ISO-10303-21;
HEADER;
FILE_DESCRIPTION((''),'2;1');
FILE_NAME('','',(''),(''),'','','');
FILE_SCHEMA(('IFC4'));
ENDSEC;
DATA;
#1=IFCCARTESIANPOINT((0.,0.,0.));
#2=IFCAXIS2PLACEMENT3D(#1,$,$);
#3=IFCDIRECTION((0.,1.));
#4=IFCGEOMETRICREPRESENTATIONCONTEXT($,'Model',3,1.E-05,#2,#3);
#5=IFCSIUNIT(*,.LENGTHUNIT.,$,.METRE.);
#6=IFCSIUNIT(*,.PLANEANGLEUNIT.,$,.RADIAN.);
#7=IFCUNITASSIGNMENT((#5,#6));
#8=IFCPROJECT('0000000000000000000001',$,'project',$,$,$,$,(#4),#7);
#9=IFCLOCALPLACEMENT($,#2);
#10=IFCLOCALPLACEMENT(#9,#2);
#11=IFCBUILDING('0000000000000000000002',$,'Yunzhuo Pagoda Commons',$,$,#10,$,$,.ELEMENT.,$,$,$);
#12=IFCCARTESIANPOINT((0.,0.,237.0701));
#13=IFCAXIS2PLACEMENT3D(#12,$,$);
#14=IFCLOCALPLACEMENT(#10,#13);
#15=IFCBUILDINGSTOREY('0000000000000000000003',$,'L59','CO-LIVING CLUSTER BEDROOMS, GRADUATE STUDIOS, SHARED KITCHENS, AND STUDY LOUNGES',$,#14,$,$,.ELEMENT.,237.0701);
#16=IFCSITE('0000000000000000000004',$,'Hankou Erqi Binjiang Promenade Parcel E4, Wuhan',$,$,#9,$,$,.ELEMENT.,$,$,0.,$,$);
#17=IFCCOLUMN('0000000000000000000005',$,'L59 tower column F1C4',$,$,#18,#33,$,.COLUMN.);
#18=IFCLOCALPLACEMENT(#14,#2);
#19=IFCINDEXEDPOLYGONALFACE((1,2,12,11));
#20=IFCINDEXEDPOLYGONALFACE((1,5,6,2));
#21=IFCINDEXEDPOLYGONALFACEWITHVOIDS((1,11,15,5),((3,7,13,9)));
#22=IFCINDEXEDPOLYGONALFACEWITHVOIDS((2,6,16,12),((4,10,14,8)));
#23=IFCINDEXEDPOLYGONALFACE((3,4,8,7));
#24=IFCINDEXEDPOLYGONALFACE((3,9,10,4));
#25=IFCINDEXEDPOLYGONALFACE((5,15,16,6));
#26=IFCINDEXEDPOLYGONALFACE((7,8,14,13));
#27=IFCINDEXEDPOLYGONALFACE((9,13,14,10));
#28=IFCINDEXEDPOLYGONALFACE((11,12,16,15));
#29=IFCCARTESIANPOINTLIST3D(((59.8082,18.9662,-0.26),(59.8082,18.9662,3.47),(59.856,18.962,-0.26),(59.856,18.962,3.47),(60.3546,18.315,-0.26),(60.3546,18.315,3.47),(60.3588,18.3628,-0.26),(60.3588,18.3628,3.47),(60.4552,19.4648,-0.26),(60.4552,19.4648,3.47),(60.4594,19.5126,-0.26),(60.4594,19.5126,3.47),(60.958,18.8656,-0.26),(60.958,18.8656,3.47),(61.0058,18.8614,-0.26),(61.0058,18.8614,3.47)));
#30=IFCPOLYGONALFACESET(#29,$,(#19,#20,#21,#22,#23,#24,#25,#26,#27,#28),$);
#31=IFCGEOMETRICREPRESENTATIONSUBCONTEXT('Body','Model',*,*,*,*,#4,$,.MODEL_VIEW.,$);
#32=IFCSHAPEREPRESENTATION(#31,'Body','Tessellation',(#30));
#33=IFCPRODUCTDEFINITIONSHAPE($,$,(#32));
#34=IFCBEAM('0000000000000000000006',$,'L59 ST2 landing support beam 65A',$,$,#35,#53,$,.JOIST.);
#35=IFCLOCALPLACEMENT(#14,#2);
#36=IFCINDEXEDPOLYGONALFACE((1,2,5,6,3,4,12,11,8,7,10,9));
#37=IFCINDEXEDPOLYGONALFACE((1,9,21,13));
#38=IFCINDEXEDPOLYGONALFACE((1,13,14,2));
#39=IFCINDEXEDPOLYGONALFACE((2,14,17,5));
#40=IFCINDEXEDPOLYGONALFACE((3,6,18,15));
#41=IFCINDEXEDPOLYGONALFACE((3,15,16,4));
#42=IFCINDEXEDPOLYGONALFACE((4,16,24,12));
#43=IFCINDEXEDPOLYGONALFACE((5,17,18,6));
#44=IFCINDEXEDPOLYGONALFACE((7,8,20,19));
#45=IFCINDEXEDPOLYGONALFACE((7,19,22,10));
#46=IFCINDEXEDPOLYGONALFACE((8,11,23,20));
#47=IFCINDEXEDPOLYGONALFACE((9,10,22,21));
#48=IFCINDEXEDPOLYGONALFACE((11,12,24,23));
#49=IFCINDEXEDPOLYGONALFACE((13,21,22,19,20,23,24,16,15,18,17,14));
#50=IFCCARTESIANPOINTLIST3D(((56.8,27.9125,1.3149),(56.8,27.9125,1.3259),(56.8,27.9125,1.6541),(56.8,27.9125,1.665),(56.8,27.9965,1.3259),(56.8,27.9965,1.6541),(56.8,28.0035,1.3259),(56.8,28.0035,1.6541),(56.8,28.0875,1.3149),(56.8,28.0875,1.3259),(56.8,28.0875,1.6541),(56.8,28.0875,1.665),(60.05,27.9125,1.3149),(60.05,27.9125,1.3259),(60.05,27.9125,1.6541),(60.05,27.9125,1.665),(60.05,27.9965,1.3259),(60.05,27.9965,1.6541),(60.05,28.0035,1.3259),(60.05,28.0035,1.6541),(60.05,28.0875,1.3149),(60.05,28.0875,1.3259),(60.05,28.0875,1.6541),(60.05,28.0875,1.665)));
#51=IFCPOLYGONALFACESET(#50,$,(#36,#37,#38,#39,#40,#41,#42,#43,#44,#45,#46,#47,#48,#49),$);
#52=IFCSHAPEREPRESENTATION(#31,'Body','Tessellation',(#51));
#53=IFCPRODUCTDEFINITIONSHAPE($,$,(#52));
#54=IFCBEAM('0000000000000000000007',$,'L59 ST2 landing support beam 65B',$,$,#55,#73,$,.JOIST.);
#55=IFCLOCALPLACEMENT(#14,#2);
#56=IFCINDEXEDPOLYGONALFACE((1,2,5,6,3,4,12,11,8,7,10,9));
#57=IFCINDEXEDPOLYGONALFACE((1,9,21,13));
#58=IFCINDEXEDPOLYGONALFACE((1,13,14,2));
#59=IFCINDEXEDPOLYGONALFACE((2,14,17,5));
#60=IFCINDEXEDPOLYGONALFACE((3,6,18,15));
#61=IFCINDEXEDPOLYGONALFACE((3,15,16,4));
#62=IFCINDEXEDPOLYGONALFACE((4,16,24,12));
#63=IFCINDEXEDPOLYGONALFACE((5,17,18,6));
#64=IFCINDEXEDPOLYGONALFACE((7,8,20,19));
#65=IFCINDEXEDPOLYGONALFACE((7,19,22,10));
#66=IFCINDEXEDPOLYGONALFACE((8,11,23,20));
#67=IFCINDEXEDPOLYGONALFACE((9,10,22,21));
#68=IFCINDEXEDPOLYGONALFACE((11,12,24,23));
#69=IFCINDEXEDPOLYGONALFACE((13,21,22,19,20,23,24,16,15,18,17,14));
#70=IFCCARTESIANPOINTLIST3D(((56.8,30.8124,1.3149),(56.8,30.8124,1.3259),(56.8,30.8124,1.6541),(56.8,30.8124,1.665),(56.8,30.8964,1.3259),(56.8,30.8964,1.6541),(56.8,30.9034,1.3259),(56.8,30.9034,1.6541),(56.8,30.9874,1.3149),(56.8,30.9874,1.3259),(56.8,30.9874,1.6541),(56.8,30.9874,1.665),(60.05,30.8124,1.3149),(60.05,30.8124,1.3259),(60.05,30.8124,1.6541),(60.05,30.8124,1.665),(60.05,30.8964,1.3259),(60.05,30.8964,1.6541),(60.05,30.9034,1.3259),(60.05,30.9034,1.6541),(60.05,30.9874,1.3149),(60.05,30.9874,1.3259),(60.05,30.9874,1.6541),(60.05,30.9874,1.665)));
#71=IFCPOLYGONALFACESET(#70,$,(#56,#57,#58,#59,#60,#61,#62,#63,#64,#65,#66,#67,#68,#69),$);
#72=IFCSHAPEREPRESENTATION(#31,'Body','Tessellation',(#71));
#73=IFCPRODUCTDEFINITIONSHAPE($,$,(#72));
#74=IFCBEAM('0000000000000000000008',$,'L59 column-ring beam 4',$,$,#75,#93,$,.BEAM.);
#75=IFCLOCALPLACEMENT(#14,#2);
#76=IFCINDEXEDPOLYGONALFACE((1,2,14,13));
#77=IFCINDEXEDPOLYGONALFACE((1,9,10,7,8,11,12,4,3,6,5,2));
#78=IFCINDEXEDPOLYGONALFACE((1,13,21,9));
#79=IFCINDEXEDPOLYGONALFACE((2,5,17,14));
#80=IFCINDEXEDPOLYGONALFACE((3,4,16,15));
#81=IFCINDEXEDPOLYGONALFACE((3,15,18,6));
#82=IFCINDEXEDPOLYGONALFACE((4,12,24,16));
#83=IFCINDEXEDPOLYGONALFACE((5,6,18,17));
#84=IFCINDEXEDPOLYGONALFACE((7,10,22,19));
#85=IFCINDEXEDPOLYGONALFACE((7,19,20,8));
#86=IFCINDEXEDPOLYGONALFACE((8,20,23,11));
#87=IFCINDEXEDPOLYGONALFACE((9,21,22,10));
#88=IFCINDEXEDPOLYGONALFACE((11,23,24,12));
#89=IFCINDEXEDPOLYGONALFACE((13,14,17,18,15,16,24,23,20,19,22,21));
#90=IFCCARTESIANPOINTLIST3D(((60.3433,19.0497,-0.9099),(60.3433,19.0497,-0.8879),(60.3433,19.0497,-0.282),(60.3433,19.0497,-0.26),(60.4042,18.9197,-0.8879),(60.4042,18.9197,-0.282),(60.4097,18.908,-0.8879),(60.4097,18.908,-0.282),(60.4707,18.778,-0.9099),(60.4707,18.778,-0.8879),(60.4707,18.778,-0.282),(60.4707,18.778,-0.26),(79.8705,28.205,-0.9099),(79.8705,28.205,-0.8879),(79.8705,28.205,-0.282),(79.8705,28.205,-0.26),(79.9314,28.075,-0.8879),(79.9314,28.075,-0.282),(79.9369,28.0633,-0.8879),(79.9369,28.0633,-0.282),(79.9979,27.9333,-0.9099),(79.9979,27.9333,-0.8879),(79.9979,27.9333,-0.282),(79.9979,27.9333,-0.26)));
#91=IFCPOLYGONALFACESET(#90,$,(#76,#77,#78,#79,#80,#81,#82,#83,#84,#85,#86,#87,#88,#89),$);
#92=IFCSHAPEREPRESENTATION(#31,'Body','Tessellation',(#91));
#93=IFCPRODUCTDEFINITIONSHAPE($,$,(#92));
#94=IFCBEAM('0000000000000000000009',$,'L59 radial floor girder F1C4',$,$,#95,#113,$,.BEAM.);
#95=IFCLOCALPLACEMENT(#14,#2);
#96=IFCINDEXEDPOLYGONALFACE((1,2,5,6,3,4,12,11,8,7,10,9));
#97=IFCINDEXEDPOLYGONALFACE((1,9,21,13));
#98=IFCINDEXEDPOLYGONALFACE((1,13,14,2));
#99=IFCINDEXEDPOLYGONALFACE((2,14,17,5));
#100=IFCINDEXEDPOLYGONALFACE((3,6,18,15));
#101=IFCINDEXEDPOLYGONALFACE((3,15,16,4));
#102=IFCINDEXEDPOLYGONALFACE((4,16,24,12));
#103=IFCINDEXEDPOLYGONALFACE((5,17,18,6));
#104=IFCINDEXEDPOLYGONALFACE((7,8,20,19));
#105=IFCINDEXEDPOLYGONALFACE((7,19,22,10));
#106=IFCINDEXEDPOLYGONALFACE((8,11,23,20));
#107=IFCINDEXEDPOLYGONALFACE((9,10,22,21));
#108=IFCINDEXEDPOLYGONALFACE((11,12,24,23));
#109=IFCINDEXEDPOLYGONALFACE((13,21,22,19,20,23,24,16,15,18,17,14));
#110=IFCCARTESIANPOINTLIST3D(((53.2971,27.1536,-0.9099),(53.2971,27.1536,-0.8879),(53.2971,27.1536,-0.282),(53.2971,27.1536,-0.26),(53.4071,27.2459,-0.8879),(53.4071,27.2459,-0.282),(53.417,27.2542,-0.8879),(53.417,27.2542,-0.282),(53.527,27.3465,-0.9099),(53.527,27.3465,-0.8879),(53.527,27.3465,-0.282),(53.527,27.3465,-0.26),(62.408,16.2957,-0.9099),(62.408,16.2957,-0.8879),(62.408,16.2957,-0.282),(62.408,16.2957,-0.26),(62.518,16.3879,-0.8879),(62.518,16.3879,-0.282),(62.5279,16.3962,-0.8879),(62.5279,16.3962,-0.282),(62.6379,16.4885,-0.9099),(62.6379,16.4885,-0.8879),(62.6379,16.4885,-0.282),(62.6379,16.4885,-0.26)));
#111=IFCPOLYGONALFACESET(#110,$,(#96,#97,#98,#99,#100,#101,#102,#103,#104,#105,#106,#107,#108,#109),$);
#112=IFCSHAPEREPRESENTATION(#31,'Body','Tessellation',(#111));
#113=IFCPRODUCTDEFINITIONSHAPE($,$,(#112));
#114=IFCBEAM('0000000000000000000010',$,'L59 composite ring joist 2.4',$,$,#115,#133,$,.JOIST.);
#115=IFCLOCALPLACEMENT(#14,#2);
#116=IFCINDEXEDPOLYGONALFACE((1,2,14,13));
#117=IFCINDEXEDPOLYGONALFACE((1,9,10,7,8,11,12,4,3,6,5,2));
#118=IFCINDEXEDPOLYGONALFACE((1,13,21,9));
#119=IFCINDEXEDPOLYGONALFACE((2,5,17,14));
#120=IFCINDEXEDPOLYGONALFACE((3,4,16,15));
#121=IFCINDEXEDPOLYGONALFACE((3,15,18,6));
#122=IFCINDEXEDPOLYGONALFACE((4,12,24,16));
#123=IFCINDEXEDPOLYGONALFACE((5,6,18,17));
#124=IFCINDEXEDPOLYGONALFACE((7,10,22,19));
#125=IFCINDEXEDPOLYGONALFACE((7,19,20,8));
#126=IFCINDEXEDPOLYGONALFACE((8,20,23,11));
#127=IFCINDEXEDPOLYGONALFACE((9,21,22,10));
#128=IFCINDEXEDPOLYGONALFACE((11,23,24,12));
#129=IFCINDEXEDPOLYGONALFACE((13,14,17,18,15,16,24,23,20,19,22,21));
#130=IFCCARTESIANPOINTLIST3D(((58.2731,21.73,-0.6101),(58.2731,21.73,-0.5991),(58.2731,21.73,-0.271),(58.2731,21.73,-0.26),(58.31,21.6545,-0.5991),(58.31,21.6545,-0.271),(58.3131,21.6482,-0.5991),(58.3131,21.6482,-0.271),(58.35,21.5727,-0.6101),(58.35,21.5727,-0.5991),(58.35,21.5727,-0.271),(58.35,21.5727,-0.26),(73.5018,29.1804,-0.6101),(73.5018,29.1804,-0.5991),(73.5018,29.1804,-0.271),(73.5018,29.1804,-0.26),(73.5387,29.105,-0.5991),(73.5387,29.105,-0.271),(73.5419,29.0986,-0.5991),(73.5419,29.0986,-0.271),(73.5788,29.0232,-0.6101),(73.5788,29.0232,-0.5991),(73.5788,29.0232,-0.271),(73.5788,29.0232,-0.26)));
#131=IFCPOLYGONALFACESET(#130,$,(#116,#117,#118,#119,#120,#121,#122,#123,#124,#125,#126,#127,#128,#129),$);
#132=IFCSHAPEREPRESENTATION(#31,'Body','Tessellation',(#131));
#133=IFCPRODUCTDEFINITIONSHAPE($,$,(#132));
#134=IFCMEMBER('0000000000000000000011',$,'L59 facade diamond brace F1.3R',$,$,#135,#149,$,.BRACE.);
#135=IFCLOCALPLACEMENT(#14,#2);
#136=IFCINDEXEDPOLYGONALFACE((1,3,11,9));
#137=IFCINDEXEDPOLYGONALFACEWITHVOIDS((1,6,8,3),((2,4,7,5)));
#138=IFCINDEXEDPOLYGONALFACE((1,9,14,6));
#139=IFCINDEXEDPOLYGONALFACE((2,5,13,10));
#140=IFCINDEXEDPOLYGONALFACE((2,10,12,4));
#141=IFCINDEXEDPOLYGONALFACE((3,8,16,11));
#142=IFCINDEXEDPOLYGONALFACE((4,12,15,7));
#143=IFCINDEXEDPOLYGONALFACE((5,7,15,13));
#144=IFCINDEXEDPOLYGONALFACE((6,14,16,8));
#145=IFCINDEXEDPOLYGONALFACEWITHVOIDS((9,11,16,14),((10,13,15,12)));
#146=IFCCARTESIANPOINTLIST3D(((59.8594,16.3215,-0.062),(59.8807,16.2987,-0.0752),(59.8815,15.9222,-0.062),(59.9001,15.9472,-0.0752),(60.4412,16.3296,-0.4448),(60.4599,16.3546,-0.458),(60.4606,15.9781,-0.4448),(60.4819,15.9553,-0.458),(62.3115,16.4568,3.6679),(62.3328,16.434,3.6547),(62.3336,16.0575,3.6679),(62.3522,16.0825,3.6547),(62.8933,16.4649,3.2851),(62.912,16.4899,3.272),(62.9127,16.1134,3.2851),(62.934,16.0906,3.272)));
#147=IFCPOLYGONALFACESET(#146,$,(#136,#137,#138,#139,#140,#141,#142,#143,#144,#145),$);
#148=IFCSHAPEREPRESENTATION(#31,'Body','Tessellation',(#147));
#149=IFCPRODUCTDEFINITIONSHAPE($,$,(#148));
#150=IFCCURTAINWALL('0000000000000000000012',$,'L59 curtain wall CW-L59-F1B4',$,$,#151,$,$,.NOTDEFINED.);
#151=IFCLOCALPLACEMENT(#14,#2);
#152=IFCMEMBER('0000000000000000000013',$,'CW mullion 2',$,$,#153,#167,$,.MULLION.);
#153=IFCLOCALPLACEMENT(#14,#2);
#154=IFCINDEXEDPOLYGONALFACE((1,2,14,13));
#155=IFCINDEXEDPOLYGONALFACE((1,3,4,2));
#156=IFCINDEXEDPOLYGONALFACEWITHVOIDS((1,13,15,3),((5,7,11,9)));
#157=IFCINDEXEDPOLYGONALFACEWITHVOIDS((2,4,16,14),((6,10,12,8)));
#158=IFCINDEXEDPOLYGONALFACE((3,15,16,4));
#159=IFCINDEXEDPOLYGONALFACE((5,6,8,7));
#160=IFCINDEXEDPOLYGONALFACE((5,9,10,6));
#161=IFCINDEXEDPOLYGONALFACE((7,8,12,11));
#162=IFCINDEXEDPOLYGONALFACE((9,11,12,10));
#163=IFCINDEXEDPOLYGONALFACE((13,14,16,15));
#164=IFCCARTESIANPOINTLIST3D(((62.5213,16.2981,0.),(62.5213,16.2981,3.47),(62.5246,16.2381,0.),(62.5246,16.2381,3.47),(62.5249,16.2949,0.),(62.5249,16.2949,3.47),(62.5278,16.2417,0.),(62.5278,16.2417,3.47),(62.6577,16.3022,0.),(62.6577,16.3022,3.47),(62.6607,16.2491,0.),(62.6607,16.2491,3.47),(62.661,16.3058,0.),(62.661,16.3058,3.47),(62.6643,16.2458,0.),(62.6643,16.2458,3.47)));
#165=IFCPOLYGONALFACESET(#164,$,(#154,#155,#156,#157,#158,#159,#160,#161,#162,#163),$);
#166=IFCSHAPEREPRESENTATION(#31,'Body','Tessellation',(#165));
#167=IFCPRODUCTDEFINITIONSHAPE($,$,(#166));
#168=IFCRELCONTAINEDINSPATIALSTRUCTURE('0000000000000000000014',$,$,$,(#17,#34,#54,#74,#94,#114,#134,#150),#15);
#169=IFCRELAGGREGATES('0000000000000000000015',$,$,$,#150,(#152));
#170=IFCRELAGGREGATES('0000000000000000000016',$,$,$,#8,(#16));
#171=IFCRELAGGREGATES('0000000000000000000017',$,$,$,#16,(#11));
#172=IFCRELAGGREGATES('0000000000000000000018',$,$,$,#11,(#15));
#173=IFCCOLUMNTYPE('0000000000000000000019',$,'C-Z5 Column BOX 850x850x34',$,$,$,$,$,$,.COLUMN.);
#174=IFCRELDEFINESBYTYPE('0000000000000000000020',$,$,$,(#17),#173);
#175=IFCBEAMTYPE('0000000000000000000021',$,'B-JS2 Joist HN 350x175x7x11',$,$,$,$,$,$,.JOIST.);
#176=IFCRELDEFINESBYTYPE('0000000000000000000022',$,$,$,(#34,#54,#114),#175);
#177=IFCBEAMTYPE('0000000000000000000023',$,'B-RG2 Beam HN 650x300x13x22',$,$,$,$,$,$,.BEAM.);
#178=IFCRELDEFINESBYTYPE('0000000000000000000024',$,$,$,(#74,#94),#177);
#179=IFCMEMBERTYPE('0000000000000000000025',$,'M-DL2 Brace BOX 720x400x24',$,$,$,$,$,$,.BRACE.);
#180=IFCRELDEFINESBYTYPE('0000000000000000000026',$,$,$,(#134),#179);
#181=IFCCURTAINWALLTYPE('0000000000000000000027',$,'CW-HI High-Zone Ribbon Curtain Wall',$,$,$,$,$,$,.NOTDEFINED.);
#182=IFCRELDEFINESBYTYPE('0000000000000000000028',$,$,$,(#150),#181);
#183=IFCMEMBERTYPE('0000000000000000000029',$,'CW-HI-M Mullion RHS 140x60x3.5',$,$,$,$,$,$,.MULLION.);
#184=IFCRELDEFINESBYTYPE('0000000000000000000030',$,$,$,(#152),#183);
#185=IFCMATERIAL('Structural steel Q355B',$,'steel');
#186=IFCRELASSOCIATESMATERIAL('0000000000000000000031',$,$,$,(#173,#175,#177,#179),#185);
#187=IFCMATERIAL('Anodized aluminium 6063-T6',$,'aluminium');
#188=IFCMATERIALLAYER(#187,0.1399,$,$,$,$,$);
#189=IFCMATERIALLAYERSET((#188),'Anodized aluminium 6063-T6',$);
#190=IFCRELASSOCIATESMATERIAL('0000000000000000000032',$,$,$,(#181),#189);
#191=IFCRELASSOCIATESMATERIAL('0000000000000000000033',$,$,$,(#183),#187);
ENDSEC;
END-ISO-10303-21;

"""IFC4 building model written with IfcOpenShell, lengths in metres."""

from ifc_helpers import new_model, si_unit, direction, frame, origin, origin_2d, place, context, subcontext, project, spatial, hollow_rectangle, i_section, extrude, source, transform, mapped, material, layer, layer_set, material_profile, profile_set, type_object, element, aggregate, save


model = new_model("IFC4")

# Units and contexts
model_context = context("Model", 3, precision=1e-05, world=origin(), true_north=direction((0.0, 1.0)))
body_context = subcontext(model_context, "Body", "Model", "MODEL_VIEW")
ifc_project = project(units=[si_unit("LENGTHUNIT", "METRE"), si_unit("PLANEANGLEUNIT", "RADIAN")], contexts=[model_context])

# Site, building, storey
site_placement = place(None, origin())
site = spatial("IfcSite", under=ifc_project, at=site_placement, Name="Hankou Erqi Binjiang Promenade Parcel E4, Wuhan", CompositionType="ELEMENT", RefElevation=0.0)
building_placement = place(site_placement, origin())
building = spatial("IfcBuilding", under=site, at=building_placement, Name="Yunzhuo Pagoda Commons", CompositionType="ELEMENT")
storey_placement = place(building_placement, frame((0.0, 0.0, 237.0701)))
storey = spatial("IfcBuildingStorey", under=building, at=storey_placement, Name="L59", Description="CO-LIVING CLUSTER BEDROOMS, GRADUATE STUDIOS, SHARED KITCHENS, AND STUDY LOUNGES", CompositionType="ELEMENT", Elevation=237.0701)

# Column
ifc_material_1 = material(Name="Structural steel Q355B", Category="steel")
ifc_material_profile_1 = material_profile(ifc_material_1, hollow_rectangle(XDim=0.8501, YDim=0.8501, WallThickness=0.0339, at=origin_2d()), Name="Structural steel Q355B")
ifc_profile_set_1 = profile_set([ifc_material_profile_1], Name="Structural steel Q355B")
column_type = type_object("IfcColumnType", Name="C-Z5 Column BOX 850x850x34", PredefinedType="COLUMN", material=ifc_profile_set_1)
shared_shape_1 = source(origin(), body_context, "Body", "SweptSolid", [
    extrude(hollow_rectangle(XDim=0.8501, YDim=0.8501, WallThickness=0.0339, at=origin_2d()), origin(), (0.0, 0.0, 1.0), 3.73),
])
column_placement = place(storey_placement, frame((60.407, 18.9138, -0.26), z_axis=(0.0, 0.0, 1.0), x_axis=(0.766044, 0.642788, 0.0)))
element("IfcColumn", 1, at=column_placement, inside=storey, type_object=column_type, Name="L59 tower column F1C4", PredefinedType="COLUMN", context=body_context, shape_type="MappedRepresentation", body=[
    mapped(shared_shape_1, transform((0.0, 0.0, 0.0), scale=1.0)),
])

# Beams
ifc_material_profile_2 = material_profile(ifc_material_1, i_section(OverallWidth=0.175, OverallDepth=0.3501, WebThickness=0.0071, FlangeThickness=0.011, at=origin_2d()), Name="Structural steel Q355B")
ifc_profile_set_2 = profile_set([ifc_material_profile_2], Name="Structural steel Q355B")
beam_type_1 = type_object("IfcBeamType", Name="B-JS2 Joist HN 350x175x7x11", PredefinedType="JOIST", material=ifc_profile_set_2)
shared_shape_2 = source(origin(), body_context, "Body", "SweptSolid", [
    extrude(i_section(OverallWidth=0.175, OverallDepth=0.3501, WebThickness=0.0071, FlangeThickness=0.011, at=origin_2d()), origin(), (0.0, 0.0, 1.0), 3.25),
])
for number, where, z_axis, x_axis, name in (
    (2, (56.8, 28.0, 1.49), (1.0, 0.0, 0.0), (0.0, 1.0, 0.0), "L59 ST2 landing support beam 65A"),
    (3, (56.8, 30.8999, 1.49), (1.0, 0.0, 0.0), (0.0, 1.0, 0.0), "L59 ST2 landing support beam 65B"),
):
    element("IfcBeam", number, at=place(storey_placement, frame(where, z_axis=z_axis, x_axis=x_axis)), inside=storey, type_object=beam_type_1, Name=name, PredefinedType="JOIST", context=body_context, shape_type="MappedRepresentation", body=[
        mapped(shared_shape_2, transform((0.0, 0.0, 0.0), scale=1.0)),
    ])
ifc_material_profile_3 = material_profile(ifc_material_1, i_section(OverallWidth=0.3, OverallDepth=0.6499, WebThickness=0.0129, FlangeThickness=0.022, at=origin_2d()), Name="Structural steel Q355B")
ifc_profile_set_3 = profile_set([ifc_material_profile_3], Name="Structural steel Q355B")
beam_type_2 = type_object("IfcBeamType", Name="B-RG2 Beam HN 650x300x13x22", PredefinedType="BEAM", material=ifc_profile_set_3)
shared_shape_3 = source(origin(), body_context, "Body", "SweptSolid", [
    extrude(i_section(OverallWidth=0.3, OverallDepth=0.6499, WebThickness=0.0129, FlangeThickness=0.022, at=origin_2d()), origin(), (0.0, 0.0, 1.0), 21.5669),
])
beam_1_placement = place(storey_placement, frame((60.407, 18.9138, -0.585), z_axis=(0.905424, 0.424508, 0.0), x_axis=(-0.424508, 0.905424, 0.0)))
element("IfcBeam", 4, at=beam_1_placement, inside=storey, type_object=beam_type_2, Name="L59 column-ring beam 4", PredefinedType="BEAM", context=body_context, shape_type="MappedRepresentation", body=[
    mapped(shared_shape_3, transform((0.0, 0.0, 0.0), scale=1.0)),
])
shared_shape_4 = source(origin(), body_context, "Body", "SweptSolid", [
    extrude(i_section(OverallWidth=0.3, OverallDepth=0.6499, WebThickness=0.0129, FlangeThickness=0.022, at=origin_2d()), origin(), (0.0, 0.0, 1.0), 14.1741),
])
beam_2_placement = place(storey_placement, frame((62.5229, 16.3921, -0.585), z_axis=(-0.642786, 0.766045, 0.0), x_axis=(-0.766045, -0.642786, 0.0)))
element("IfcBeam", 5, at=beam_2_placement, inside=storey, type_object=beam_type_2, Name="L59 radial floor girder F1C4", PredefinedType="BEAM", context=body_context, shape_type="MappedRepresentation", body=[
    mapped(shared_shape_4, transform((0.0, 0.0, 0.0), scale=1.0)),
])
shared_shape_5 = source(origin(), body_context, "Body", "SweptSolid", [
    extrude(i_section(OverallWidth=0.175, OverallDepth=0.3501, WebThickness=0.0071, FlangeThickness=0.011, at=origin_2d()), origin(), (0.0, 0.0, 1.0), 16.9536),
])
beam_3_placement = place(storey_placement, frame((58.3115, 21.6514, -0.4351), z_axis=(0.898262, 0.439461, 0.0), x_axis=(-0.439461, 0.898262, 0.0)))
element("IfcBeam", 6, at=beam_3_placement, inside=storey, type_object=beam_type_1, Name="L59 composite ring joist 2.4", PredefinedType="JOIST", context=body_context, shape_type="MappedRepresentation", body=[
    mapped(shared_shape_5, transform((0.0, 0.0, 0.0), scale=1.0)),
])

# Member
ifc_material_profile_4 = material_profile(ifc_material_1, hollow_rectangle(XDim=0.3999, YDim=0.72, WallThickness=0.0239, at=origin_2d()), Name="Structural steel Q355B")
ifc_profile_set_4 = profile_set([ifc_material_profile_4], Name="Structural steel Q355B")
member_type_1 = type_object("IfcMemberType", Name="M-DL2 Brace BOX 720x400x24", PredefinedType="BRACE", material=ifc_profile_set_4)
shared_shape_6 = source(origin(), body_context, "Body", "SweptSolid", [
    extrude(hollow_rectangle(XDim=0.3999, YDim=0.72, WallThickness=0.0239, at=origin_2d()), origin(), (0.0, 0.0, 1.0), 4.4658),
])
member_1_placement = place(storey_placement, frame((60.1707, 16.1384, -0.26), z_axis=(0.549085, 0.030286, 0.835217), x_axis=(-0.055074, 0.998482, 0.0)))
element("IfcMember", 7, at=member_1_placement, inside=storey, type_object=member_type_1, Name="L59 facade diamond brace F1.3R", PredefinedType="BRACE", context=body_context, shape_type="MappedRepresentation", body=[
    mapped(shared_shape_6, transform((0.0, 0.0, 0.0), scale=1.0)),
])

# Curtain wall, member
ifc_material_2 = material(Name="Anodized aluminium 6063-T6", Category="aluminium")
ifc_layer_1 = layer(ifc_material_2, 0.1399)
ifc_layer_set_1 = layer_set([ifc_layer_1], Name="Anodized aluminium 6063-T6")
curtain_wall_type = type_object("IfcCurtainWallType", Name="CW-HI High-Zone Ribbon Curtain Wall", PredefinedType="NOTDEFINED", material=ifc_layer_set_1)
curtain_wall_1_placement = place(storey_placement, origin())
curtain_wall_1 = element("IfcCurtainWall", 8, at=curtain_wall_1_placement, inside=storey, type_object=curtain_wall_type, Name="L59 curtain wall CW-L59-F1B4", PredefinedType="NOTDEFINED")
ifc_material_profile_5 = material_profile(ifc_material_2, hollow_rectangle(XDim=0.0601, YDim=0.1399, WallThickness=0.0034, at=origin_2d()), Name="Anodized aluminium 6063-T6")
ifc_profile_set_5 = profile_set([ifc_material_profile_5], Name="Anodized aluminium 6063-T6")
member_type_2 = type_object("IfcMemberType", Name="CW-HI-M Mullion RHS 140x60x3.5", PredefinedType="MULLION", material=ifc_profile_set_5)
shared_shape_7 = source(origin(), body_context, "Body", "SweptSolid", [
    extrude(hollow_rectangle(XDim=0.0601, YDim=0.1399, WallThickness=0.0034, at=origin_2d()), origin(), (0.0, 0.0, 1.0), 3.47),
])
member_2_placement = place(storey_placement, frame((62.5928, 16.272, 0.0), z_axis=(0.0, 0.0, 1.0), x_axis=(-0.054981, 0.998487, 0.0)))
member_2 = element("IfcMember", 9, at=member_2_placement, type_object=member_type_2, Name="CW mullion 2", PredefinedType="MULLION", context=body_context, shape_type="MappedRepresentation", body=[
    mapped(shared_shape_7, transform((0.0, 0.0, 0.0), scale=1.0)),
])

aggregate(curtain_wall_1, [member_2])

save(model, "model.ifc")
